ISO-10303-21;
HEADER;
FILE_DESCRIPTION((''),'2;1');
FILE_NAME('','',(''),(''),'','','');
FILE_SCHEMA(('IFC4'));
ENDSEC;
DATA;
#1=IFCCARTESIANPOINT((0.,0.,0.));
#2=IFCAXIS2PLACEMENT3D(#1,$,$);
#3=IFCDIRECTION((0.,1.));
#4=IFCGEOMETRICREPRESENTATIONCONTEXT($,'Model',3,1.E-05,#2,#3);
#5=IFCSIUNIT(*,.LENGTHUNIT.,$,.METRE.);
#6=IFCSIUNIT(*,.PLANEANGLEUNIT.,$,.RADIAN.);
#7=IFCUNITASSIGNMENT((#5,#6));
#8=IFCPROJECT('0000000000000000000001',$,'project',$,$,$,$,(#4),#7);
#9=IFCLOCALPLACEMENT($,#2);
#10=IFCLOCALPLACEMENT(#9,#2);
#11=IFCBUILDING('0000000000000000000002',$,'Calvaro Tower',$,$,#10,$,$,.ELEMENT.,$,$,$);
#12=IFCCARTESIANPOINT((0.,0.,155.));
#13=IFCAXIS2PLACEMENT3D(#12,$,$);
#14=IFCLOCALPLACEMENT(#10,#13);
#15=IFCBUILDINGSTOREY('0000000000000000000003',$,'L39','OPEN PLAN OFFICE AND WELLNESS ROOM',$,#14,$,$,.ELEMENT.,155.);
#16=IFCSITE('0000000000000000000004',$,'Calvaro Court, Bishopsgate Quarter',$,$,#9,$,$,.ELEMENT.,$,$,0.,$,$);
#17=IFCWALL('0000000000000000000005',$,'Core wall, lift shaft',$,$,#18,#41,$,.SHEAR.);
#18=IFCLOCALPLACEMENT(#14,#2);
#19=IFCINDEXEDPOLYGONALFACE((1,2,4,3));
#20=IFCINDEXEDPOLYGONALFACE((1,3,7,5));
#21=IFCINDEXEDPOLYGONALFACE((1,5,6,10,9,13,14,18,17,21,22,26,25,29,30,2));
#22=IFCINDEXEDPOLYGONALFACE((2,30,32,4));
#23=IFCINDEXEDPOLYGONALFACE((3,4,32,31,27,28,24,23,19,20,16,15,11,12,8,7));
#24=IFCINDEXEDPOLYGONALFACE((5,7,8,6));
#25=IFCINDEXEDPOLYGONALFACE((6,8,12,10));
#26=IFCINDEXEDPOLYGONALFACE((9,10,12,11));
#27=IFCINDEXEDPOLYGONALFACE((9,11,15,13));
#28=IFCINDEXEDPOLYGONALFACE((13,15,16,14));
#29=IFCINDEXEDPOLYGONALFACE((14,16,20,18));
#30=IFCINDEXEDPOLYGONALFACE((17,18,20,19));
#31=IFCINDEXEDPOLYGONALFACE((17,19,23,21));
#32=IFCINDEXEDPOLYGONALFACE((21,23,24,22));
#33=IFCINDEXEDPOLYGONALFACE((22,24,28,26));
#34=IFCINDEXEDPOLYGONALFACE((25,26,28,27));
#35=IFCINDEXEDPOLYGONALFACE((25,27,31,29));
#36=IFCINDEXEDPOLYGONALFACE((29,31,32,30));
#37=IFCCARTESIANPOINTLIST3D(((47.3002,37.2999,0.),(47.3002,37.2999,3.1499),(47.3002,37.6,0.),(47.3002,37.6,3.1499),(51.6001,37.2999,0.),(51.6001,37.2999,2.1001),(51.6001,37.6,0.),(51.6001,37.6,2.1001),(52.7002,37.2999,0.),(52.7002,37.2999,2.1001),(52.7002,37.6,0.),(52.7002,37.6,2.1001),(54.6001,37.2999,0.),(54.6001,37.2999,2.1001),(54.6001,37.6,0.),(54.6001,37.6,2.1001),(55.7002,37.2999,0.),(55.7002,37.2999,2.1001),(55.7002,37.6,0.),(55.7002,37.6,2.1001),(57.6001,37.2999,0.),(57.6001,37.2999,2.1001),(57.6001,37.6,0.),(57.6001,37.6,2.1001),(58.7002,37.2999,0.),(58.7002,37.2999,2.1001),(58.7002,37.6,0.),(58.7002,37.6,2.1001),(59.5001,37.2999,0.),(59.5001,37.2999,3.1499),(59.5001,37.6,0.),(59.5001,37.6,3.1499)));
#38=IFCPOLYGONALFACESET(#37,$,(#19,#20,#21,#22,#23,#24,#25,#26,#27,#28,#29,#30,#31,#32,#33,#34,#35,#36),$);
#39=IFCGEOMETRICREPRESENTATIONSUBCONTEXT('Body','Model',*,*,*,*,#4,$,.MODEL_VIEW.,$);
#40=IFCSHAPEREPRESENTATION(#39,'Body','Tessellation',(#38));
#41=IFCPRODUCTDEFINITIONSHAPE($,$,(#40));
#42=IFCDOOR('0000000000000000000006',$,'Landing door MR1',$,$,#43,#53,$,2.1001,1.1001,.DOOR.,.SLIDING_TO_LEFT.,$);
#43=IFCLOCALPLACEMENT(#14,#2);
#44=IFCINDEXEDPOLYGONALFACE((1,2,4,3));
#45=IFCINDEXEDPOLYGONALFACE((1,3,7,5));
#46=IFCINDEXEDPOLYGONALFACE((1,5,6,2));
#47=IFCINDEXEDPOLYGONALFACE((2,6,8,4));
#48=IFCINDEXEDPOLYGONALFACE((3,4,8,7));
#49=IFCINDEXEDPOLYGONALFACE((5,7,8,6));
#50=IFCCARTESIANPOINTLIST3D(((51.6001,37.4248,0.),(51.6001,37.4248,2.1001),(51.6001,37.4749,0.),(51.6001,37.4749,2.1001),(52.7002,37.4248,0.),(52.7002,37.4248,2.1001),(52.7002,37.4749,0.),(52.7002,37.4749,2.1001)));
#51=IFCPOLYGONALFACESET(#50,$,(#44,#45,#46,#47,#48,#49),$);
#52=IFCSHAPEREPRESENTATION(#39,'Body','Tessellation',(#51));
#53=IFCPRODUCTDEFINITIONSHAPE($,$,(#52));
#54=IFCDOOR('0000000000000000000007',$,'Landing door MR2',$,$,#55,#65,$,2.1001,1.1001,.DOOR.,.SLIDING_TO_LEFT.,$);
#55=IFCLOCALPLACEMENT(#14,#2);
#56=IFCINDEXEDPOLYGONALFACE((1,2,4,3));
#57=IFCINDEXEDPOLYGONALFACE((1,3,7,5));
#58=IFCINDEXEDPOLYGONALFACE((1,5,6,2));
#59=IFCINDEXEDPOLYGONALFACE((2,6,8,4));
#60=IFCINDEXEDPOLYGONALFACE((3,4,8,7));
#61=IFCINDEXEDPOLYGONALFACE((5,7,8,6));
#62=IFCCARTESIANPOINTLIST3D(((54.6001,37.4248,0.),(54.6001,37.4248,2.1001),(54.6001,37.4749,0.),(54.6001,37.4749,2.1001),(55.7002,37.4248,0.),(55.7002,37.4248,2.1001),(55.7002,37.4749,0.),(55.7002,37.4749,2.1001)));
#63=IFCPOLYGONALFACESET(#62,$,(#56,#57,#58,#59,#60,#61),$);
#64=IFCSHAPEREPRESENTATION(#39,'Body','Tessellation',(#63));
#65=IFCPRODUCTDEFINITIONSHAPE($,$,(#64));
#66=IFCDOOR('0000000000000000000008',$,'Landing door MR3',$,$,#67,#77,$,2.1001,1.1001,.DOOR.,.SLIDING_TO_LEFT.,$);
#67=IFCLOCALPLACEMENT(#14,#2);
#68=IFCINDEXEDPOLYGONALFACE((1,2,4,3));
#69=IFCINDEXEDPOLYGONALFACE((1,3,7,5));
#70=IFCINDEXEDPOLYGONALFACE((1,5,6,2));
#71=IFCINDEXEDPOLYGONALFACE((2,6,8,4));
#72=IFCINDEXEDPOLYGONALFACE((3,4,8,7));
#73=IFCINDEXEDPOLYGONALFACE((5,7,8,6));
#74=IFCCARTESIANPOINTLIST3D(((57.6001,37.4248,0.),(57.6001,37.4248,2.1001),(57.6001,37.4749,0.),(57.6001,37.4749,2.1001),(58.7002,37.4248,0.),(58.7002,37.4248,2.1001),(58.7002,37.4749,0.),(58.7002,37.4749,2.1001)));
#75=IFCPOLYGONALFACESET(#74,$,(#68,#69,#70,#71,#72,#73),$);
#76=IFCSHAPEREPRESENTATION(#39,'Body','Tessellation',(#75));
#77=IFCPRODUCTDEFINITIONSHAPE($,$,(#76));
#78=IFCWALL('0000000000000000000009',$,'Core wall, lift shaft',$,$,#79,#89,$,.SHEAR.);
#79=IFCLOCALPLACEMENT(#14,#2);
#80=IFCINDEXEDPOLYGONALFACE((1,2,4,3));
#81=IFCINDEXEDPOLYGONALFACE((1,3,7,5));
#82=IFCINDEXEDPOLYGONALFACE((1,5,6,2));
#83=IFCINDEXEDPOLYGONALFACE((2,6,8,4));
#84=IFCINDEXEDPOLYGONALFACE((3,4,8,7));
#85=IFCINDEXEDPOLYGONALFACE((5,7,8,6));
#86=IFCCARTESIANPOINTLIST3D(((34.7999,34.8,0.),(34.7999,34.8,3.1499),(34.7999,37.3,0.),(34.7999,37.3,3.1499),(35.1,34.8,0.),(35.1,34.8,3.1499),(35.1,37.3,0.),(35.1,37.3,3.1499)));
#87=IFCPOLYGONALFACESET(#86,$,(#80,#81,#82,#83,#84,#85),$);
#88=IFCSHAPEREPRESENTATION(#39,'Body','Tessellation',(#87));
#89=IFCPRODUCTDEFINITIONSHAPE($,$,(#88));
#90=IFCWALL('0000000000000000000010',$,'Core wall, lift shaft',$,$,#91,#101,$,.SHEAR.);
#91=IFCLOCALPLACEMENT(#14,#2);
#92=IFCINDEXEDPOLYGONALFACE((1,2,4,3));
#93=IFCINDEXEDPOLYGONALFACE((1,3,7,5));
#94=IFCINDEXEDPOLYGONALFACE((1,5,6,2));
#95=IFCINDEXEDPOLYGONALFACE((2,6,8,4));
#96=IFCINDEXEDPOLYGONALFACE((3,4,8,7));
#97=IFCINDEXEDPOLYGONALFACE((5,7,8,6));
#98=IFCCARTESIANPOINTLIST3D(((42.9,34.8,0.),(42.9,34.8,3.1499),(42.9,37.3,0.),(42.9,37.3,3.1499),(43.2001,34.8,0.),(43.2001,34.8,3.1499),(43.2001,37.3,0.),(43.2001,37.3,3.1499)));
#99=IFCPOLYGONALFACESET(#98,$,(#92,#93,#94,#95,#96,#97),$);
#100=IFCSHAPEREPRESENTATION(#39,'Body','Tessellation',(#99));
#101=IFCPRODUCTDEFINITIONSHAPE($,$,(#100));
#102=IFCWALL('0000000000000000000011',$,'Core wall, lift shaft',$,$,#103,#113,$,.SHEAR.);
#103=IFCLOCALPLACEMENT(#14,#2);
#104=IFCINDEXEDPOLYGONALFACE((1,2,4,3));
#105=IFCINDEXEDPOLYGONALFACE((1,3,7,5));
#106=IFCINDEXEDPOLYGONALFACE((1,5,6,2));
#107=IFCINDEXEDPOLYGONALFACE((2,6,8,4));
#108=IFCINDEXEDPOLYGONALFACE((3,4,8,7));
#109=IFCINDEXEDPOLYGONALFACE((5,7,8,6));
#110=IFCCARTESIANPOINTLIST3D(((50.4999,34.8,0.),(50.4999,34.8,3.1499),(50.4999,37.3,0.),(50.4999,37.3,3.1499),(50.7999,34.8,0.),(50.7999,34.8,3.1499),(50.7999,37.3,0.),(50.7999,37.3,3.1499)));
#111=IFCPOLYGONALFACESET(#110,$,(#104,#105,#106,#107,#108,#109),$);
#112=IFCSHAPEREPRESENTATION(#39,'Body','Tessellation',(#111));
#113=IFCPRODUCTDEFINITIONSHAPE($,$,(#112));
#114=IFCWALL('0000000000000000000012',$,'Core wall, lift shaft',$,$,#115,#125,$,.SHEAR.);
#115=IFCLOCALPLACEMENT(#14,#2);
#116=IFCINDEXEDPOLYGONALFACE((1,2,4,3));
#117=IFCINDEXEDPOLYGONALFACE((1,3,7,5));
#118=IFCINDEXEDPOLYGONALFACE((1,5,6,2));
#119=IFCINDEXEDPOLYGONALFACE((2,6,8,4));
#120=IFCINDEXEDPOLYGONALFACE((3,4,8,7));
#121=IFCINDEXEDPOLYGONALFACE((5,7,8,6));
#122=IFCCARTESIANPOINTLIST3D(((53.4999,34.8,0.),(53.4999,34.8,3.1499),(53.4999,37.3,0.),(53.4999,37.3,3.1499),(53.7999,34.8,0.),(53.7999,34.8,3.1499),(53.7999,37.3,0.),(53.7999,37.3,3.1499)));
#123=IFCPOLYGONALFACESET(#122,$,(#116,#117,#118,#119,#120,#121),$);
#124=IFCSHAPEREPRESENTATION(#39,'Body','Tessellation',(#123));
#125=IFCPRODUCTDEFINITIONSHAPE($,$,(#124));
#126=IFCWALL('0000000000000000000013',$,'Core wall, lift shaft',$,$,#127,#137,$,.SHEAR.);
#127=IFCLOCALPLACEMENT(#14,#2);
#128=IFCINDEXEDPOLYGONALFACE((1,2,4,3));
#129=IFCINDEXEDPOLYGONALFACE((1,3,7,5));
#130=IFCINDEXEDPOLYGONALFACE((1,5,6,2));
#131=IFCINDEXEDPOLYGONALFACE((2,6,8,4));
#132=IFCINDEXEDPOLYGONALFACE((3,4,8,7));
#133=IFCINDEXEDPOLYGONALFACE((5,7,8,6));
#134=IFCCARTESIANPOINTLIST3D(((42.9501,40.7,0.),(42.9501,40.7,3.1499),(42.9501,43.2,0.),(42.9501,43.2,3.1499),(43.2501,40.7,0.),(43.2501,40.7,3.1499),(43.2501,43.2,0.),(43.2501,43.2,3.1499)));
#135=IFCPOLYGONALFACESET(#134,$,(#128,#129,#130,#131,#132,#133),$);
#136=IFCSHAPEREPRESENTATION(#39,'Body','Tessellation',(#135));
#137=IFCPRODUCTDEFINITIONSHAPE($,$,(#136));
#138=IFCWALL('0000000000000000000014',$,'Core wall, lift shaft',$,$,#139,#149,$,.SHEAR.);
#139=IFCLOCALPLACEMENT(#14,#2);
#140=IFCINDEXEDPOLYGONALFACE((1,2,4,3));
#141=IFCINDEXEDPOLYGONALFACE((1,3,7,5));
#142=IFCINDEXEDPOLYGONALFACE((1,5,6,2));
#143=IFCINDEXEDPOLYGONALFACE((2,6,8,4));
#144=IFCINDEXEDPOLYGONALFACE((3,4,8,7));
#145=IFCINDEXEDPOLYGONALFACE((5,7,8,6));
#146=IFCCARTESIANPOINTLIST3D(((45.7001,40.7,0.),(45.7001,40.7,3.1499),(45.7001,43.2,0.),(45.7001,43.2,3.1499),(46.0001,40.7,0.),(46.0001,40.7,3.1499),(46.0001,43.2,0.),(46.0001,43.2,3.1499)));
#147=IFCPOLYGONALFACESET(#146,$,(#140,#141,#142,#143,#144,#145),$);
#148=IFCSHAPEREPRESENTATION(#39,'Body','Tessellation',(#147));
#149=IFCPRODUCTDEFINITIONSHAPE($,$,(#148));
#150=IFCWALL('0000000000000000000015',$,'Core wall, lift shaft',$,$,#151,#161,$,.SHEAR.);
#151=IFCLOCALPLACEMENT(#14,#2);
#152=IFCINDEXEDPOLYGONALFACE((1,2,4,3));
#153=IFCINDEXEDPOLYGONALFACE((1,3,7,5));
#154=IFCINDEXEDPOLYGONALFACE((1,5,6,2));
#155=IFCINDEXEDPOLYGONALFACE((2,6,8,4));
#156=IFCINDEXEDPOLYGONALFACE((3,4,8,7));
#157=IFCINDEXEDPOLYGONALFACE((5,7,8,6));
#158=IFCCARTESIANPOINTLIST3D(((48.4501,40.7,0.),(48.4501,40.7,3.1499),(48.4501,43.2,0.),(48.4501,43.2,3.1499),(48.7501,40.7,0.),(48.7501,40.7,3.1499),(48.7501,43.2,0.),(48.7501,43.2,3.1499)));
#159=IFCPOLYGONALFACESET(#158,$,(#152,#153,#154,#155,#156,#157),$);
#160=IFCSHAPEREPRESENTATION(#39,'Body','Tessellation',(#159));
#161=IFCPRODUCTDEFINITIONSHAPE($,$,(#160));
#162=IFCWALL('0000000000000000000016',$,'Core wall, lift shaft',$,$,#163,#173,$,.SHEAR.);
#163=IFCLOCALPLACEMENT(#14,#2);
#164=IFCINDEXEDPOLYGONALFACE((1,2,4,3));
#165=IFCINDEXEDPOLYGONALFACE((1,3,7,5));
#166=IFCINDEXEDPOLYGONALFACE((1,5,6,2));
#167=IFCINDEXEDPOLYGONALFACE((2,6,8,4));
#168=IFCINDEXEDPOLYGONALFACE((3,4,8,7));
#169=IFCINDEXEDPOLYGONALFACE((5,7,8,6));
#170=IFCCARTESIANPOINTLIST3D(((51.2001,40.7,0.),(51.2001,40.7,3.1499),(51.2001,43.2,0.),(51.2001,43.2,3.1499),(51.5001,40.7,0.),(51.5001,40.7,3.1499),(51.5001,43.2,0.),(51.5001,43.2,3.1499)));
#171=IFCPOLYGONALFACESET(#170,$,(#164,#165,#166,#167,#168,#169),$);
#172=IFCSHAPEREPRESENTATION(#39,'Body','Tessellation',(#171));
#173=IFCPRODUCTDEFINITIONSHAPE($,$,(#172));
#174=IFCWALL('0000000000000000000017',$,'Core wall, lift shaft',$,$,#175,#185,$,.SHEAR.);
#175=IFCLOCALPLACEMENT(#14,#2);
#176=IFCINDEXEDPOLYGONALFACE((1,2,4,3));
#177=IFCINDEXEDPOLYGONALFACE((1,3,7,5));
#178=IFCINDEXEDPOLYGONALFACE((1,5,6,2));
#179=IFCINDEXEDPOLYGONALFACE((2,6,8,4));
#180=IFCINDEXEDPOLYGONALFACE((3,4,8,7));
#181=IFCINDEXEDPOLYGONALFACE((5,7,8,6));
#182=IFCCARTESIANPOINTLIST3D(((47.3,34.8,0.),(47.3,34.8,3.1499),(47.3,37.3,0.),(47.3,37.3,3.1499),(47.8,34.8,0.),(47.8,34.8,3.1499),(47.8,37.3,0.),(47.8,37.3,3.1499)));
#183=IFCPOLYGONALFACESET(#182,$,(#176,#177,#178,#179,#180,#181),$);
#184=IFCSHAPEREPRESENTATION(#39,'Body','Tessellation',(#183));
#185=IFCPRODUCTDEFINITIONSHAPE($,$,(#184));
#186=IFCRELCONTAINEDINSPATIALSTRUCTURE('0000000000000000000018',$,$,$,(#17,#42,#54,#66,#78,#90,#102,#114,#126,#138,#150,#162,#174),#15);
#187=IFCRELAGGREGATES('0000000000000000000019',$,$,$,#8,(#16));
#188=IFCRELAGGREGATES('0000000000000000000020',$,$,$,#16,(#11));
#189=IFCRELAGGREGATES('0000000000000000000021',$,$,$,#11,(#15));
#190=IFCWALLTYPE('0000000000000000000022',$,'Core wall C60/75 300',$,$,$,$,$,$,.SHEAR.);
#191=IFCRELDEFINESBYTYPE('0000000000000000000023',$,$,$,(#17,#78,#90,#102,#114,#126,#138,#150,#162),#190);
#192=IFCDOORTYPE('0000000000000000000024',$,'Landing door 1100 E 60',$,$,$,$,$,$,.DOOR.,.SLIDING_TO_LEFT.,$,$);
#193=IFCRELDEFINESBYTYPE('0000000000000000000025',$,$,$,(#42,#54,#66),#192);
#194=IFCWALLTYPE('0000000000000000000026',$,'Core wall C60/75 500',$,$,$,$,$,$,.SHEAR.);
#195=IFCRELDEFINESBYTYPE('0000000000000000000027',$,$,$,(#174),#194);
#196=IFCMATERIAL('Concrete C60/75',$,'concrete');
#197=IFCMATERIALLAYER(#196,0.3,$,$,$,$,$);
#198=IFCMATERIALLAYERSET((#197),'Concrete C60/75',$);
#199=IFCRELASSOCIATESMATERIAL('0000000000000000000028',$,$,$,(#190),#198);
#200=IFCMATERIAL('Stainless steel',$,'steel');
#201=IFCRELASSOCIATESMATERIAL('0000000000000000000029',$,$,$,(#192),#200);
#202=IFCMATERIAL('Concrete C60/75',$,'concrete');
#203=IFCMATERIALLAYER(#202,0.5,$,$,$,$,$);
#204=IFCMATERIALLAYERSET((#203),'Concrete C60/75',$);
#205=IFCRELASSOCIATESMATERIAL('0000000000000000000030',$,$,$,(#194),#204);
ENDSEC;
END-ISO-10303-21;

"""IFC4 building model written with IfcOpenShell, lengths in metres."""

from ifc_helpers import new_model, si_unit, direction, frame, frame_2d, origin, place, context, subcontext, project, spatial, rectangle, extrude, material, layer, layer_set, type_object, element, fill, save


model = new_model("IFC4")

# Units and contexts
model_context = context("Model", 3, precision=1e-05, world=origin(), true_north=direction((0.0, 1.0)))
body_context = subcontext(model_context, "Body", "Model", "MODEL_VIEW")
ifc_project = project(units=[si_unit("LENGTHUNIT", "METRE"), si_unit("PLANEANGLEUNIT", "RADIAN")], contexts=[model_context])

# Site, building, storey
site_placement = place(None, origin())
site = spatial("IfcSite", under=ifc_project, at=site_placement, Name="Calvaro Court, Bishopsgate Quarter", CompositionType="ELEMENT", RefElevation=0.0)
building_placement = place(site_placement, origin())
building = spatial("IfcBuilding", under=site, at=building_placement, Name="Calvaro Tower", CompositionType="ELEMENT")
storey_placement = place(building_placement, frame((0.0, 0.0, 155.0)))
storey = spatial("IfcBuildingStorey", under=building, at=storey_placement, Name="L39", Description="OPEN PLAN OFFICE AND WELLNESS ROOM", CompositionType="ELEMENT", Elevation=155.0)

# Shared definitions
ifc_material_1 = material(Name="Concrete C60/75", Category="concrete")
ifc_layer_1 = layer(ifc_material_1, 0.3)
ifc_layer_set_1 = layer_set([ifc_layer_1], Name="Concrete C60/75")
wall_type_1 = type_object("IfcWallType", Name="Core wall C60/75 300", PredefinedType="SHEAR", material=ifc_layer_set_1)
ifc_material_2 = material(Name="Stainless steel", Category="steel")
door_type_1 = type_object("IfcDoorType", Name="Landing door 1100 E 60", OperationType="SLIDING_TO_LEFT", PredefinedType="DOOR", material=ifc_material_2)

# Wall, openings, doors
wall_1_placement = place(storey_placement, frame((47.3, 37.45, 0.0), z_axis=(0.0, 0.0, 1.0), x_axis=(1.0, 0.0, 0.0)))
wall_1 = element("IfcWall", 1, at=wall_1_placement, inside=storey, type_object=wall_type_1, Name="Core wall, lift shaft", PredefinedType="SHEAR", context=body_context, shape_type="SweptSolid", body=[
    extrude(rectangle(XDim=12.2, YDim=0.3, at=frame_2d((6.1001, 0.0))), origin(), (0.0, 0.0, 1.0), 3.1499),
])
opening_1_placement = place(wall_1_placement, frame((4.3, 0.0, 0.0)))
opening_1 = element("IfcOpeningElement", 2, at=opening_1_placement, cuts=wall_1, PredefinedType="OPENING", context=body_context, shape_type="SweptSolid", body=[
    extrude(rectangle(XDim=1.1001, YDim=2.1001, at=frame_2d((0.55, 1.05))), frame((0.0, 0.1599, 0.0), z_axis=(0.0, -1.0, 0.0), x_axis=(1.0, 0.0, 0.0)), (0.0, 0.0, 1.0), 0.3201),
])
opening_2_placement = place(wall_1_placement, frame((7.3, 0.0, 0.0)))
opening_2 = element("IfcOpeningElement", 3, at=opening_2_placement, cuts=wall_1, PredefinedType="OPENING", context=body_context, shape_type="SweptSolid", body=[
    extrude(rectangle(XDim=1.1001, YDim=2.1001, at=frame_2d((0.55, 1.05))), frame((0.0, 0.1599, 0.0), z_axis=(0.0, -1.0, 0.0), x_axis=(1.0, 0.0, 0.0)), (0.0, 0.0, 1.0), 0.3201),
])
opening_3_placement = place(wall_1_placement, frame((10.3, 0.0, 0.0)))
opening_3 = element("IfcOpeningElement", 4, at=opening_3_placement, cuts=wall_1, PredefinedType="OPENING", context=body_context, shape_type="SweptSolid", body=[
    extrude(rectangle(XDim=1.1001, YDim=2.1001, at=frame_2d((0.55, 1.05))), frame((0.0, 0.1599, 0.0), z_axis=(0.0, -1.0, 0.0), x_axis=(1.0, 0.0, 0.0)), (0.0, 0.0, 1.0), 0.3201),
])
door_1_placement = place(opening_1_placement, origin())
door_1 = element("IfcDoor", 5, at=door_1_placement, inside=storey, type_object=door_type_1, Name="Landing door MR1", OperationType="SLIDING_TO_LEFT", OverallHeight=2.1001, OverallWidth=1.1001, PredefinedType="DOOR", context=body_context, shape_type="SweptSolid", body=[
    extrude(rectangle(XDim=1.1001, YDim=2.1001, at=frame_2d((0.55, 1.05))), frame((0.0, 0.0249, 0.0), z_axis=(0.0, -1.0, 0.0), x_axis=(1.0, 0.0, 0.0)), (0.0, 0.0, 1.0), 0.05),
])
fill(opening_1, door_1)
door_2_placement = place(opening_2_placement, origin())
door_2 = element("IfcDoor", 6, at=door_2_placement, inside=storey, type_object=door_type_1, Name="Landing door MR2", OperationType="SLIDING_TO_LEFT", OverallHeight=2.1001, OverallWidth=1.1001, PredefinedType="DOOR", context=body_context, shape_type="SweptSolid", body=[
    extrude(rectangle(XDim=1.1001, YDim=2.1001, at=frame_2d((0.55, 1.05))), frame((0.0, 0.0249, 0.0), z_axis=(0.0, -1.0, 0.0), x_axis=(1.0, 0.0, 0.0)), (0.0, 0.0, 1.0), 0.05),
])
fill(opening_2, door_2)
door_3_placement = place(opening_3_placement, origin())
door_3 = element("IfcDoor", 7, at=door_3_placement, inside=storey, type_object=door_type_1, Name="Landing door MR3", OperationType="SLIDING_TO_LEFT", OverallHeight=2.1001, OverallWidth=1.1001, PredefinedType="DOOR", context=body_context, shape_type="SweptSolid", body=[
    extrude(rectangle(XDim=1.1001, YDim=2.1001, at=frame_2d((0.55, 1.05))), frame((0.0, 0.0249, 0.0), z_axis=(0.0, -1.0, 0.0), x_axis=(1.0, 0.0, 0.0)), (0.0, 0.0, 1.0), 0.05),
])
fill(opening_3, door_3)

# Walls
for number, where, z_axis, x_axis, name in (
    (8, (34.95, 34.8, 0.0), (0.0, 0.0, 1.0), (0.0, 1.0, 0.0), "Core wall, lift shaft"),
    (9, (43.05, 34.8, 0.0), (0.0, 0.0, 1.0), (0.0, 1.0, 0.0), "Core wall, lift shaft"),
    (10, (50.6499, 34.8, 0.0), (0.0, 0.0, 1.0), (0.0, 1.0, 0.0), "Core wall, lift shaft"),
    (11, (53.6499, 34.8, 0.0), (0.0, 0.0, 1.0), (0.0, 1.0, 0.0), "Core wall, lift shaft"),
    (12, (43.1001, 40.7, 0.0), (0.0, 0.0, 1.0), (0.0, 1.0, 0.0), "Core wall, lift shaft"),
    (13, (45.8501, 40.7, 0.0), (0.0, 0.0, 1.0), (0.0, 1.0, 0.0), "Core wall, lift shaft"),
    (14, (48.6001, 40.7, 0.0), (0.0, 0.0, 1.0), (0.0, 1.0, 0.0), "Core wall, lift shaft"),
    (15, (51.3501, 40.7, 0.0), (0.0, 0.0, 1.0), (0.0, 1.0, 0.0), "Core wall, lift shaft"),
):
    element("IfcWall", number, at=place(storey_placement, frame(where, z_axis=z_axis, x_axis=x_axis)), inside=storey, type_object=wall_type_1, Name=name, PredefinedType="SHEAR", context=body_context, shape_type="SweptSolid", body=[
        extrude(rectangle(XDim=2.5, YDim=0.3, at=frame_2d((1.25, 0.0))), origin(), (0.0, 0.0, 1.0), 3.1499),
    ])
ifc_material_3 = material(Name="Concrete C60/75", Category="concrete")
ifc_layer_2 = layer(ifc_material_3, 0.5)
ifc_layer_set_2 = layer_set([ifc_layer_2], Name="Concrete C60/75")
wall_type_2 = type_object("IfcWallType", Name="Core wall C60/75 500", PredefinedType="SHEAR", material=ifc_layer_set_2)
wall_2_placement = place(storey_placement, frame((47.55, 34.8, 0.0), z_axis=(0.0, 0.0, 1.0), x_axis=(0.0, 1.0, 0.0)))
element("IfcWall", 16, at=wall_2_placement, inside=storey, type_object=wall_type_2, Name="Core wall, lift shaft", PredefinedType="SHEAR", context=body_context, shape_type="SweptSolid", body=[
    extrude(rectangle(XDim=2.5, YDim=0.5, at=frame_2d((1.25, 0.0))), origin(), (0.0, 0.0, 1.0), 3.1499),
])

save(model, "model.ifc")
